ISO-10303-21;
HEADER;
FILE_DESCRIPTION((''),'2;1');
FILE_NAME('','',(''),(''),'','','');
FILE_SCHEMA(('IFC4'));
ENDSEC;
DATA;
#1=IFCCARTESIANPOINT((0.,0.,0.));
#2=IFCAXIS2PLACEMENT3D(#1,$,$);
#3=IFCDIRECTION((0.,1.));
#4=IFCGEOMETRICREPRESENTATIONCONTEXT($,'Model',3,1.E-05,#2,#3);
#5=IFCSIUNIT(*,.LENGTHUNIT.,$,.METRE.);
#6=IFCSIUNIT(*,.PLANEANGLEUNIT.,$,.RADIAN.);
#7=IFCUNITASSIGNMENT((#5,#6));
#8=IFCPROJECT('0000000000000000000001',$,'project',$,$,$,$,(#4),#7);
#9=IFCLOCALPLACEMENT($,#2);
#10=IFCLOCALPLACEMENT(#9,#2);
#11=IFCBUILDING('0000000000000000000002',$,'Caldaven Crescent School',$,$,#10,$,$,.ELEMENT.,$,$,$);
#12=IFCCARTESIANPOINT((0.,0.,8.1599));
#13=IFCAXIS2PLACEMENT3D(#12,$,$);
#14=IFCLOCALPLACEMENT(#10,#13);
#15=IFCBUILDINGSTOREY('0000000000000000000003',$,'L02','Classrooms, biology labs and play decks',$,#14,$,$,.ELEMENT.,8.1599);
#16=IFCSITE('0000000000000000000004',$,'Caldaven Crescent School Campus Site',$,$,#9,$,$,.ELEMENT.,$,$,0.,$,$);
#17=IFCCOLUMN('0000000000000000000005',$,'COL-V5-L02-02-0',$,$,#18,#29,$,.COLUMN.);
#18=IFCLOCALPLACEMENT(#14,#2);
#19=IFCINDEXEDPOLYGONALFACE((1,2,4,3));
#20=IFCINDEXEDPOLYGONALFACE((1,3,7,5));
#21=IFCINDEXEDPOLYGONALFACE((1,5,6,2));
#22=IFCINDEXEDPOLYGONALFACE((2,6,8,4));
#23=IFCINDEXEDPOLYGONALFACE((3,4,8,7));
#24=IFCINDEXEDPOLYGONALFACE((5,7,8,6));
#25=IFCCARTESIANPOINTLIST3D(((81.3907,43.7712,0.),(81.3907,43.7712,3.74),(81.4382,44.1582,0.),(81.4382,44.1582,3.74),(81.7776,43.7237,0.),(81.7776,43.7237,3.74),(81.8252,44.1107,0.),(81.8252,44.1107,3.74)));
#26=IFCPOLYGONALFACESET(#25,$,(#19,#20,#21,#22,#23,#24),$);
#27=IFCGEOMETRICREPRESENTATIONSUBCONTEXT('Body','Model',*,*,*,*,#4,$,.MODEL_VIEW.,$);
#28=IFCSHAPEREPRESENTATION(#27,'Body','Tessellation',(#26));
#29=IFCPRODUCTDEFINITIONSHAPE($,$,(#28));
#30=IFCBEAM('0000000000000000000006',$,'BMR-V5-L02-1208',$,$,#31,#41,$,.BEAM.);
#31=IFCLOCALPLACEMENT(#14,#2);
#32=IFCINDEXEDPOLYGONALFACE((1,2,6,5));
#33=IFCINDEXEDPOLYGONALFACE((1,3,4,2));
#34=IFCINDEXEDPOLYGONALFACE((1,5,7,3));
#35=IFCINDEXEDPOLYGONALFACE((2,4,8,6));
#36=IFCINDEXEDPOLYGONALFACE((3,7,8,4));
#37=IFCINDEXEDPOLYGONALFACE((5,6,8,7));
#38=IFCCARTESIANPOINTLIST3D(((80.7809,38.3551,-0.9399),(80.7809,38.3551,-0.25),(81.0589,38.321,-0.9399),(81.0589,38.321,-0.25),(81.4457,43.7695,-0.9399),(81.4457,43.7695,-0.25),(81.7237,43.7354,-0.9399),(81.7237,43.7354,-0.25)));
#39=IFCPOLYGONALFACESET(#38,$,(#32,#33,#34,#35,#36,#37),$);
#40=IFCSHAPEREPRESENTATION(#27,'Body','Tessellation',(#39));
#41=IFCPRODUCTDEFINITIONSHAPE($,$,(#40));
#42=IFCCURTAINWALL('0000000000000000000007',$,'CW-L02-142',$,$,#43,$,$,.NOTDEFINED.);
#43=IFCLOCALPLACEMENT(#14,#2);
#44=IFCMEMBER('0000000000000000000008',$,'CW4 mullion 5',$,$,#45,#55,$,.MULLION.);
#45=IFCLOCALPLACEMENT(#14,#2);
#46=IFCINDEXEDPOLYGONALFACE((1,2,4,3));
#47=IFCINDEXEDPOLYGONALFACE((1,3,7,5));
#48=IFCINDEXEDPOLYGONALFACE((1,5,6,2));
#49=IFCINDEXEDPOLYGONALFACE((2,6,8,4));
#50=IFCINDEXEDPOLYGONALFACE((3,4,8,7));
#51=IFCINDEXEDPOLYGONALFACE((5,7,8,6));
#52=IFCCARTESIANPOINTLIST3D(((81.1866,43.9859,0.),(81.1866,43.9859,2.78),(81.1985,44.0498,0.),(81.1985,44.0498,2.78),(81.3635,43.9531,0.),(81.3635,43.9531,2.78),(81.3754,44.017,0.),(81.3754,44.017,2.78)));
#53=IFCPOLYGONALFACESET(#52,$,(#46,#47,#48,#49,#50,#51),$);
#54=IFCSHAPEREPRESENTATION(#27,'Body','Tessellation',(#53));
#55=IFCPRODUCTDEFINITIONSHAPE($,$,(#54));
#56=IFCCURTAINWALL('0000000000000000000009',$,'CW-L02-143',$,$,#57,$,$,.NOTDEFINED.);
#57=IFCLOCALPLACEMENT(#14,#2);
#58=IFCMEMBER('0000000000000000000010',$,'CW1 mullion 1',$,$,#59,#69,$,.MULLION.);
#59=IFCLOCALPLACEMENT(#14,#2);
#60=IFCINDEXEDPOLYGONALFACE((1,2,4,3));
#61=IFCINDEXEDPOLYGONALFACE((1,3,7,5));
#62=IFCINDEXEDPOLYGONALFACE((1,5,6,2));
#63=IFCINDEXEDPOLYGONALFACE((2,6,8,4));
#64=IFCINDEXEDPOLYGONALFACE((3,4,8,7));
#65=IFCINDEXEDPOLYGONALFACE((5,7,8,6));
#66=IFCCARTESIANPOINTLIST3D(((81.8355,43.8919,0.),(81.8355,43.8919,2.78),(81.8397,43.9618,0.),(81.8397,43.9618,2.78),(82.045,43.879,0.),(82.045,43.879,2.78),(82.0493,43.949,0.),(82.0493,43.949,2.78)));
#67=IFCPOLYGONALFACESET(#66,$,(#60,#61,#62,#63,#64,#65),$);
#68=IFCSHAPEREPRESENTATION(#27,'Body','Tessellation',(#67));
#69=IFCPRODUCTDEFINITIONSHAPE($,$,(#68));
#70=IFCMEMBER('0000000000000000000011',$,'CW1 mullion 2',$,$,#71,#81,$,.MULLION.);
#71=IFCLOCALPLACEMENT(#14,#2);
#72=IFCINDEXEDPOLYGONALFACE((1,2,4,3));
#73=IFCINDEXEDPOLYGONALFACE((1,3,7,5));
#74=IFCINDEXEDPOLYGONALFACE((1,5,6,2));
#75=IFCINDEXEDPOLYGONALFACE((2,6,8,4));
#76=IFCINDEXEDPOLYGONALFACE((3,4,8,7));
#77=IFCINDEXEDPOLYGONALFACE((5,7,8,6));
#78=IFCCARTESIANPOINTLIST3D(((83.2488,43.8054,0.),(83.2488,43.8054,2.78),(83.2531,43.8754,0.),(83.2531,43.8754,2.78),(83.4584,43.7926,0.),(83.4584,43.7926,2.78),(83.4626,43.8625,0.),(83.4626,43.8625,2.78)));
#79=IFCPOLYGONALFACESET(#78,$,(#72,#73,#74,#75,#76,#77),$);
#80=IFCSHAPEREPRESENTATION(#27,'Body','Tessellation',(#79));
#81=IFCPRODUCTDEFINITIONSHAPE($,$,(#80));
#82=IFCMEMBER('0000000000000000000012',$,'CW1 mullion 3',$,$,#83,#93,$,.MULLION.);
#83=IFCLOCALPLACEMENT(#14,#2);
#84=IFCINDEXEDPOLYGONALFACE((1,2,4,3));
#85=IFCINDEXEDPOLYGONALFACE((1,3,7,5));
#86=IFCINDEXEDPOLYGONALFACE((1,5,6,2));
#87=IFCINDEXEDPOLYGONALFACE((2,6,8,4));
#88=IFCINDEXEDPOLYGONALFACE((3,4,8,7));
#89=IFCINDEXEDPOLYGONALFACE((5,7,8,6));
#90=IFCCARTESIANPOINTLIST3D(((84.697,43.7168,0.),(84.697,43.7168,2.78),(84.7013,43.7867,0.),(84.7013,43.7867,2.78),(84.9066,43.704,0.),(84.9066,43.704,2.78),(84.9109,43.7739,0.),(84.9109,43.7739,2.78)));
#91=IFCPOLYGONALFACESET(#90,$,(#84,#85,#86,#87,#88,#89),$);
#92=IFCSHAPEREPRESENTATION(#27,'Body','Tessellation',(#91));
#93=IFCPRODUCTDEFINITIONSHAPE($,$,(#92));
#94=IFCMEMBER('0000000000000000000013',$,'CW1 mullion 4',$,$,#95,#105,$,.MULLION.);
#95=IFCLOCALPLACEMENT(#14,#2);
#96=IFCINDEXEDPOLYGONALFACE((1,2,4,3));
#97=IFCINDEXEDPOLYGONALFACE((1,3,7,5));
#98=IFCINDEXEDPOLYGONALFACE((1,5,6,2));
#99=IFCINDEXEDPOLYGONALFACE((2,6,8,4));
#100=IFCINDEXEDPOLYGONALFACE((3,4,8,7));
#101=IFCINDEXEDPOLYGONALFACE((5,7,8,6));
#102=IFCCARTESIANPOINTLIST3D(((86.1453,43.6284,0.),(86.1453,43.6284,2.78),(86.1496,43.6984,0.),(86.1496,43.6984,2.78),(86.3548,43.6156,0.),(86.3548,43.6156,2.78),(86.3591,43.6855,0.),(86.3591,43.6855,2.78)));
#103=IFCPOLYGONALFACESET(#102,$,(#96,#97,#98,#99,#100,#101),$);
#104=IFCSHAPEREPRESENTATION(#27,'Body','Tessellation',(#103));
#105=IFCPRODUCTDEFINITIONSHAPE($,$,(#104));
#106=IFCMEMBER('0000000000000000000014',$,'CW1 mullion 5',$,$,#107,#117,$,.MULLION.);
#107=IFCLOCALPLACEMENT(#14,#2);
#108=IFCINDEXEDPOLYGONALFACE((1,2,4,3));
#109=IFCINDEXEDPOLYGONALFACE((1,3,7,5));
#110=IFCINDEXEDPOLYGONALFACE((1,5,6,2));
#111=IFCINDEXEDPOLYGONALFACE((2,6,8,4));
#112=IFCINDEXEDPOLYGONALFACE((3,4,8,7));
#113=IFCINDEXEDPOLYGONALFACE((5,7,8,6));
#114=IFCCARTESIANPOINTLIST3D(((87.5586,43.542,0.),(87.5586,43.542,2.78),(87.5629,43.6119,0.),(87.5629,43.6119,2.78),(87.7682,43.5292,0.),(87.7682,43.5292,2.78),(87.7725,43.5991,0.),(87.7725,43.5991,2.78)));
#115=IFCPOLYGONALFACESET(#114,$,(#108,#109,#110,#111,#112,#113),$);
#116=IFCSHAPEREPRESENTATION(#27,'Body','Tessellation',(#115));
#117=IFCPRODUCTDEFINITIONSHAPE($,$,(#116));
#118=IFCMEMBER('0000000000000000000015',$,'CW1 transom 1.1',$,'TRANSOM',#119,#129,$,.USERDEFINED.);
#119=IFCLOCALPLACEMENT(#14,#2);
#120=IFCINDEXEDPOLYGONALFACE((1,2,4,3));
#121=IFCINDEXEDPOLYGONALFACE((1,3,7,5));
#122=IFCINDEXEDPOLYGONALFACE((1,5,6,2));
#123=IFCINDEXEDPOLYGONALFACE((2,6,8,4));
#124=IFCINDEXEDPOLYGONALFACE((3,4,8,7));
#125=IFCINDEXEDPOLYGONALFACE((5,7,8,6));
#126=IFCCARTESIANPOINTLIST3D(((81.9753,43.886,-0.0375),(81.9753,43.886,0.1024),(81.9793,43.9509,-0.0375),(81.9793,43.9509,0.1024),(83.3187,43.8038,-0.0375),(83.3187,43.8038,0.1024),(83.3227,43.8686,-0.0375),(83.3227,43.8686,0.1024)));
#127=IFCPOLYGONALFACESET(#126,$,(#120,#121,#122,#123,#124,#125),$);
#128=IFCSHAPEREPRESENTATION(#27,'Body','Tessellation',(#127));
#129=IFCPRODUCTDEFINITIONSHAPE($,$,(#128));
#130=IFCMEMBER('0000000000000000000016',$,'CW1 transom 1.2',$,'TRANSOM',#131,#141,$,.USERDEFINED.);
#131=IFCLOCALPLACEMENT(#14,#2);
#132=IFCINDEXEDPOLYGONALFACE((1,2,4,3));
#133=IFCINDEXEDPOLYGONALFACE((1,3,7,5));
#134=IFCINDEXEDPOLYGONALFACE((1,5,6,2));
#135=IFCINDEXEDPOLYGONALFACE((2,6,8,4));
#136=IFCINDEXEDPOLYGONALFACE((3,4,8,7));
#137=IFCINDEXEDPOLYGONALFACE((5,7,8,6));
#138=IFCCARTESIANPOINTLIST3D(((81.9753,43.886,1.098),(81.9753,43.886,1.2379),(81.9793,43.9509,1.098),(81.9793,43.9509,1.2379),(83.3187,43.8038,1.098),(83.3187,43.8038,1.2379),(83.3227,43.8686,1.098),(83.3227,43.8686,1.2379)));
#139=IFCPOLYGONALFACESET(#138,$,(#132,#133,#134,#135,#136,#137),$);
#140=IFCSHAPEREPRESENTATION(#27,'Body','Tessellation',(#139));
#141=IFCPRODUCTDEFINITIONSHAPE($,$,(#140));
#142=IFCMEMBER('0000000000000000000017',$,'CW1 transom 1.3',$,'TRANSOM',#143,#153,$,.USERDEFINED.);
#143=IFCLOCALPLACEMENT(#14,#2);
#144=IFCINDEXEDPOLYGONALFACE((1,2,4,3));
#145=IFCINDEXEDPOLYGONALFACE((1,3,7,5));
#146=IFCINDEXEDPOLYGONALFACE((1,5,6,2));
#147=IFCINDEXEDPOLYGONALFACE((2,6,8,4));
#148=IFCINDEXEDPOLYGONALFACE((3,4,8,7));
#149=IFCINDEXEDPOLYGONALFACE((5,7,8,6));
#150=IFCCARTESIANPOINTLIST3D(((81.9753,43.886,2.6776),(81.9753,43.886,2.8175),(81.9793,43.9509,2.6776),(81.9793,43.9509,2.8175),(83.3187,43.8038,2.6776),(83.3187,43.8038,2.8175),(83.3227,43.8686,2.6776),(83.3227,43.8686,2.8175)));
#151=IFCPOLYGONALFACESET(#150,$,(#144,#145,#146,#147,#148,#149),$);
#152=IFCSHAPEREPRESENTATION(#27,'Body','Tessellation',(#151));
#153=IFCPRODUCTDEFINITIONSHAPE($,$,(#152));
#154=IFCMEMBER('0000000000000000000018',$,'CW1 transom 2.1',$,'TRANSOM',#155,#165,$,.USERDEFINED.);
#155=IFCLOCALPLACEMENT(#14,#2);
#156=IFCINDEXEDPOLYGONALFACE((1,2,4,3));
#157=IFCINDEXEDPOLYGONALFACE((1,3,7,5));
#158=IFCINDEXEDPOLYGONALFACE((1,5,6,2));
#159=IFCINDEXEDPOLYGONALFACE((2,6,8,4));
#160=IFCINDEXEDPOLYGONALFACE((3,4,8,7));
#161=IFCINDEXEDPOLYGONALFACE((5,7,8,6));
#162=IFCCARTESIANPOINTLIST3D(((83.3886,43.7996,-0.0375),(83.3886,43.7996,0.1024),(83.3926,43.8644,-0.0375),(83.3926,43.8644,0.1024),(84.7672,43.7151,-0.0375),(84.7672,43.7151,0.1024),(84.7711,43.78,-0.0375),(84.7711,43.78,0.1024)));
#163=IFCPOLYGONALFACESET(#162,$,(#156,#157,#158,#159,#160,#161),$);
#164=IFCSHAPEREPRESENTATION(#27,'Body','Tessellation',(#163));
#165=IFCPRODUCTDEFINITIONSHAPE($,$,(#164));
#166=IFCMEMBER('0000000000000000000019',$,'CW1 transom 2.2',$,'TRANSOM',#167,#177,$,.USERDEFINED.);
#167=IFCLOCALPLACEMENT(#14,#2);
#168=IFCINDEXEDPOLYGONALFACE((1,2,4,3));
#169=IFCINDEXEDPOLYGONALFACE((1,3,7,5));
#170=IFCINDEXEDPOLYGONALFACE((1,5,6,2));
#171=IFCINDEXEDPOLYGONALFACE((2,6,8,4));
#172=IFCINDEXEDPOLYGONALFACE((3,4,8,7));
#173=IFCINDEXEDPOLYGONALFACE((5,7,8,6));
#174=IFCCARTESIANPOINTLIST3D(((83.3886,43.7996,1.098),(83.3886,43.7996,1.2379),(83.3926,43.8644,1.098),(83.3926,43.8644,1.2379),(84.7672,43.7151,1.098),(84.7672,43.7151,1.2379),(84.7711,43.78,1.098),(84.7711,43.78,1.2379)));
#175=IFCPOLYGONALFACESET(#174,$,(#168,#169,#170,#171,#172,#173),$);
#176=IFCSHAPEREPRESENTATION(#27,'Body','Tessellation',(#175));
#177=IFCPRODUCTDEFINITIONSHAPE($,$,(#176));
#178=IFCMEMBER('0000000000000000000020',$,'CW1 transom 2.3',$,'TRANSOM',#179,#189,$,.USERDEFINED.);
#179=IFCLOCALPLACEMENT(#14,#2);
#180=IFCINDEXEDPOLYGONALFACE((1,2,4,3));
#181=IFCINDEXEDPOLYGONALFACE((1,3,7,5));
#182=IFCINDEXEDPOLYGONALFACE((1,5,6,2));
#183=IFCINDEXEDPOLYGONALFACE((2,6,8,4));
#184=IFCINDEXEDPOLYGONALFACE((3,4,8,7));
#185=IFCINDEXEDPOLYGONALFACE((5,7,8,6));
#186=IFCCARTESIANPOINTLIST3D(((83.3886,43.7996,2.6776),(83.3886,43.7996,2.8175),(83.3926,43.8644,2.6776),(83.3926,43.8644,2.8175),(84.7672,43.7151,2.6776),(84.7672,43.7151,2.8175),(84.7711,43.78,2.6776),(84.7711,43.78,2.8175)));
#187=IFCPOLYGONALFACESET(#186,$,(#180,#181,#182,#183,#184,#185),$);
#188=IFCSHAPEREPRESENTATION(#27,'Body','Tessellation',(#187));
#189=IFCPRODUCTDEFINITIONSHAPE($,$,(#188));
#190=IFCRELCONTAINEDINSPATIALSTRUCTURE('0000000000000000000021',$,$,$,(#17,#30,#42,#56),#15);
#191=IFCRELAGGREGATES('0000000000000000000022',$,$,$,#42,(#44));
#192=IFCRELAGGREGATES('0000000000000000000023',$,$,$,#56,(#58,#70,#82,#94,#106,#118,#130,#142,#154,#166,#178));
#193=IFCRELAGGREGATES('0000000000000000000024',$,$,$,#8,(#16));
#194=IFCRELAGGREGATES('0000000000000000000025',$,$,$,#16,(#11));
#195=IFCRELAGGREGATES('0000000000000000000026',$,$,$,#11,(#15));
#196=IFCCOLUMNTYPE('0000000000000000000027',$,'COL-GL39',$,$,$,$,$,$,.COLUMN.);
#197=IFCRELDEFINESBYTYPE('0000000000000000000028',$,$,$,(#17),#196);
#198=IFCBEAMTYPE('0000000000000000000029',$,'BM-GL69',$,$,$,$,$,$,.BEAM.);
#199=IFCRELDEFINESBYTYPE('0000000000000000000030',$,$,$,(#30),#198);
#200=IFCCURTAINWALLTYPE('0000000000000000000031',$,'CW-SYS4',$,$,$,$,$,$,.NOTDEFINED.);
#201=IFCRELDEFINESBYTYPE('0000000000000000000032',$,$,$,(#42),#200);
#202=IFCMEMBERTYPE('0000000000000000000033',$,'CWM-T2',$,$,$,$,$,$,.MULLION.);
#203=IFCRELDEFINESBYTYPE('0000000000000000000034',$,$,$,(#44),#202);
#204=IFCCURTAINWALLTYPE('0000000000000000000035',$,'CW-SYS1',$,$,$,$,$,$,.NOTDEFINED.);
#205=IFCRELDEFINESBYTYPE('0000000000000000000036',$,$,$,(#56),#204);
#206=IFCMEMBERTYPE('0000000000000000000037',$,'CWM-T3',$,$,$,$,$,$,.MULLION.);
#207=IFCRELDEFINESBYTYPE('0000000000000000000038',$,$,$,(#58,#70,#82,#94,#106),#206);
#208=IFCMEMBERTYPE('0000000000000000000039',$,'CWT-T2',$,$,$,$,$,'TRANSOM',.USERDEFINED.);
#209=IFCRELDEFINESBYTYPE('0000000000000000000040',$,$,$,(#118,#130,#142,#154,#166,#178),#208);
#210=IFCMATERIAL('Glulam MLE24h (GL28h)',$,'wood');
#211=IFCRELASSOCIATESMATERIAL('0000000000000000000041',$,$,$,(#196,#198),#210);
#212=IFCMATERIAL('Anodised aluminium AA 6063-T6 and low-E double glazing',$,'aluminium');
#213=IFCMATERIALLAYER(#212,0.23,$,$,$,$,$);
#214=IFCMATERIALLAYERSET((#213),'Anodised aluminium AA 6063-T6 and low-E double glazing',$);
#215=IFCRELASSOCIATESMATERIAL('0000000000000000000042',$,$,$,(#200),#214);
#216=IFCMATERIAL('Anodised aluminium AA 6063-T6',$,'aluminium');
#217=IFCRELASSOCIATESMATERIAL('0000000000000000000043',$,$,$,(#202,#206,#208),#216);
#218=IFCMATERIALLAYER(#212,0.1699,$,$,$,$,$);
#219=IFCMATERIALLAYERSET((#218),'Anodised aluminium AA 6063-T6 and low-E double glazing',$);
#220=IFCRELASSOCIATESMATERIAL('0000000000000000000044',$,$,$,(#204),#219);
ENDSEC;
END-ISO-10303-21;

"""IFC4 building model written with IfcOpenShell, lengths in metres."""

from ifc_helpers import new_model, si_unit, direction, frame, origin, origin_2d, place, context, subcontext, project, spatial, rectangle, extrude, material, layer, layer_set, material_profile, profile_set, type_object, element, aggregate, save


model = new_model("IFC4")

# Units and contexts
model_context = context("Model", 3, precision=1e-05, world=origin(), true_north=direction((0.0, 1.0)))
body_context = subcontext(model_context, "Body", "Model", "MODEL_VIEW")
ifc_project = project(units=[si_unit("LENGTHUNIT", "METRE"), si_unit("PLANEANGLEUNIT", "RADIAN")], contexts=[model_context])

# Site, building, storey
site_placement = place(None, origin())
site = spatial("IfcSite", under=ifc_project, at=site_placement, Name="Caldaven Crescent School Campus Site", CompositionType="ELEMENT", RefElevation=0.0)
building_placement = place(site_placement, origin())
building = spatial("IfcBuilding", under=site, at=building_placement, Name="Caldaven Crescent School", CompositionType="ELEMENT")
storey_placement = place(building_placement, frame((0.0, 0.0, 8.1599)))
storey = spatial("IfcBuildingStorey", under=building, at=storey_placement, Name="L02", Description="Classrooms, biology labs and play decks", CompositionType="ELEMENT", Elevation=8.1599)

# Column
ifc_material_1 = material(Name="Glulam MLE24h (GL28h)", Category="wood")
ifc_material_profile_1 = material_profile(ifc_material_1, rectangle(XDim=0.3899, YDim=0.3899, at=origin_2d()), Name="MLE 390x390")
ifc_profile_set_1 = profile_set([ifc_material_profile_1], Name="Glulam MLE24h (GL28h)")
column_type = type_object("IfcColumnType", Name="COL-GL39", PredefinedType="COLUMN", material=ifc_profile_set_1)
column_placement = place(storey_placement, frame((81.6079, 43.9409, 0.0), z_axis=(0.0, 0.0, 1.0), x_axis=(-0.121869, -0.992546, 0.0)))
element("IfcColumn", 1, at=column_placement, inside=storey, type_object=column_type, Name="COL-V5-L02-02-0", PredefinedType="COLUMN", context=body_context, shape_type="SweptSolid", body=[
    extrude(rectangle(XDim=0.3899, YDim=0.3899, at=origin_2d()), origin(), (0.0, 0.0, 1.0), 3.74),
])

# Beam
ifc_material_profile_2 = material_profile(ifc_material_1, rectangle(XDim=0.28, YDim=0.6899, at=origin_2d()), Name="MLE 280x690")
ifc_profile_set_2 = profile_set([ifc_material_profile_2], Name="Glulam MLE24h (GL28h)")
beam_type_1 = type_object("IfcBeamType", Name="BM-GL69", PredefinedType="BEAM", material=ifc_profile_set_2)
beam_1_placement = place(storey_placement, frame((81.5847, 43.7524, -0.595), z_axis=(-0.12187, -0.992546, 0.0), x_axis=(0.992546, -0.12187, 0.0)))
element("IfcBeam", 2, at=beam_1_placement, inside=storey, type_object=beam_type_1, Name="BMR-V5-L02-1208", PredefinedType="BEAM", context=body_context, shape_type="SweptSolid", body=[
    extrude(rectangle(XDim=0.28, YDim=0.6899, at=origin_2d()), origin(), (0.0, 0.0, 1.0), 5.4551),
])

# Curtain wall, member
ifc_material_2 = material(Name="Anodised aluminium AA 6063-T6 and low-E double glazing", Category="aluminium")
ifc_layer_1 = layer(ifc_material_2, 0.23)
ifc_layer_set_1 = layer_set([ifc_layer_1], Name="Anodised aluminium AA 6063-T6 and low-E double glazing")
curtain_wall_type_1 = type_object("IfcCurtainWallType", Name="CW-SYS4", PredefinedType="NOTDEFINED", material=ifc_layer_set_1)
curtain_wall_1_placement = place(storey_placement, origin())
curtain_wall_1 = element("IfcCurtainWall", 3, at=curtain_wall_1_placement, inside=storey, type_object=curtain_wall_type_1, Name="CW-L02-142", PredefinedType="NOTDEFINED")
ifc_material_3 = material(Name="Anodised aluminium AA 6063-T6", Category="aluminium")
ifc_material_profile_3 = material_profile(ifc_material_3, rectangle(XDim=0.0649, YDim=0.1799, at=origin_2d()), Name="CWM 65x180")
ifc_profile_set_3 = profile_set([ifc_material_profile_3], Name="Anodised aluminium AA 6063-T6")
member_type_1 = type_object("IfcMemberType", Name="CWM-T2", PredefinedType="MULLION", material=ifc_profile_set_3)
member_1_placement = place(storey_placement, frame((81.281, 44.0015, 0.0), z_axis=(0.0, 0.0, 1.0), x_axis=(0.182236, 0.983255, 0.0)))
member_1 = element("IfcMember", 4, at=member_1_placement, type_object=member_type_1, Name="CW4 mullion 5", PredefinedType="MULLION", context=body_context, shape_type="SweptSolid", body=[
    extrude(rectangle(XDim=0.0649, YDim=0.1799, at=origin_2d()), origin(), (0.0, 0.0, 1.0), 2.78),
])
aggregate(curtain_wall_1, [member_1])

# Curtain wall, members
ifc_layer_2 = layer(ifc_material_2, 0.1699)
ifc_layer_set_2 = layer_set([ifc_layer_2], Name="Anodised aluminium AA 6063-T6 and low-E double glazing")
curtain_wall_type_2 = type_object("IfcCurtainWallType", Name="CW-SYS1", PredefinedType="NOTDEFINED", material=ifc_layer_set_2)
curtain_wall_2_placement = place(storey_placement, origin())
curtain_wall_2 = element("IfcCurtainWall", 5, at=curtain_wall_2_placement, inside=storey, type_object=curtain_wall_type_2, Name="CW-L02-143", PredefinedType="NOTDEFINED")
ifc_material_profile_4 = material_profile(ifc_material_3, rectangle(XDim=0.0701, YDim=0.21, at=origin_2d()), Name="CWM 70x210")
ifc_profile_set_4 = profile_set([ifc_material_profile_4], Name="Anodised aluminium AA 6063-T6")
member_type_2 = type_object("IfcMemberType", Name="CWM-T3", PredefinedType="MULLION", material=ifc_profile_set_4)
member_2_placement = place(storey_placement, frame((81.9424, 43.9204, 0.0), z_axis=(0.0, 0.0, 1.0), x_axis=(0.061049, 0.998135, 0.0)))
member_2 = element("IfcMember", 6, at=member_2_placement, type_object=member_type_2, Name="CW1 mullion 1", PredefinedType="MULLION", context=body_context, shape_type="SweptSolid", body=[
    extrude(rectangle(XDim=0.0701, YDim=0.21, at=origin_2d()), origin(), (0.0, 0.0, 1.0), 2.78),
])
member_3_placement = place(storey_placement, frame((83.3557, 43.834, 0.0), z_axis=(0.0, 0.0, 1.0), x_axis=(0.061049, 0.998135, 0.0)))
member_3 = element("IfcMember", 7, at=member_3_placement, type_object=member_type_2, Name="CW1 mullion 2", PredefinedType="MULLION", context=body_context, shape_type="SweptSolid", body=[
    extrude(rectangle(XDim=0.0701, YDim=0.21, at=origin_2d()), origin(), (0.0, 0.0, 1.0), 2.78),
])
member_4_placement = place(storey_placement, frame((84.804, 43.7454, 0.0), z_axis=(0.0, 0.0, 1.0), x_axis=(0.061049, 0.998135, 0.0)))
member_4 = element("IfcMember", 8, at=member_4_placement, type_object=member_type_2, Name="CW1 mullion 3", PredefinedType="MULLION", context=body_context, shape_type="SweptSolid", body=[
    extrude(rectangle(XDim=0.0701, YDim=0.21, at=origin_2d()), origin(), (0.0, 0.0, 1.0), 2.78),
])
member_5_placement = place(storey_placement, frame((86.2522, 43.657, 0.0), z_axis=(0.0, 0.0, 1.0), x_axis=(0.061049, 0.998135, 0.0)))
member_5 = element("IfcMember", 9, at=member_5_placement, type_object=member_type_2, Name="CW1 mullion 4", PredefinedType="MULLION", context=body_context, shape_type="SweptSolid", body=[
    extrude(rectangle(XDim=0.0701, YDim=0.21, at=origin_2d()), origin(), (0.0, 0.0, 1.0), 2.78),
])
member_6_placement = place(storey_placement, frame((87.6655, 43.5706, 0.0), z_axis=(0.0, 0.0, 1.0), x_axis=(0.061049, 0.998135, 0.0)))
member_6 = element("IfcMember", 10, at=member_6_placement, type_object=member_type_2, Name="CW1 mullion 5", PredefinedType="MULLION", context=body_context, shape_type="SweptSolid", body=[
    extrude(rectangle(XDim=0.0701, YDim=0.21, at=origin_2d()), origin(), (0.0, 0.0, 1.0), 2.78),
])
ifc_material_profile_5 = material_profile(ifc_material_3, rectangle(XDim=0.0649, YDim=0.1399, at=origin_2d()), Name="CWT 65x140")
ifc_profile_set_5 = profile_set([ifc_material_profile_5], Name="Anodised aluminium AA 6063-T6")
member_type_3 = type_object("IfcMemberType", Name="CWT-T2", ElementType="TRANSOM", PredefinedType="USERDEFINED", material=ifc_profile_set_5)
member_7_placement = place(storey_placement, frame((81.9773, 43.9185, 0.0325), z_axis=(0.99813, -0.061125, 0.0), x_axis=(0.061125, 0.99813, 0.0)))
member_7 = element("IfcMember", 11, at=member_7_placement, type_object=member_type_3, Name="CW1 transom 1.1", ObjectType="TRANSOM", PredefinedType="USERDEFINED", context=body_context, shape_type="SweptSolid", body=[
    extrude(rectangle(XDim=0.0649, YDim=0.1399, at=origin_2d()), origin(), (0.0, 0.0, 1.0), 1.3459),
])
member_8_placement = place(storey_placement, frame((81.9773, 43.9185, 1.168), z_axis=(0.99813, -0.061125, 0.0), x_axis=(0.061125, 0.99813, 0.0)))
member_8 = element("IfcMember", 12, at=member_8_placement, type_object=member_type_3, Name="CW1 transom 1.2", ObjectType="TRANSOM", PredefinedType="USERDEFINED", context=body_context, shape_type="SweptSolid", body=[
    extrude(rectangle(XDim=0.0649, YDim=0.1399, at=origin_2d()), origin(), (0.0, 0.0, 1.0), 1.3459),
])
member_9_placement = place(storey_placement, frame((81.9773, 43.9185, 2.7476), z_axis=(0.99813, -0.061125, 0.0), x_axis=(0.061125, 0.99813, 0.0)))
member_9 = element("IfcMember", 13, at=member_9_placement, type_object=member_type_3, Name="CW1 transom 1.3", ObjectType="TRANSOM", PredefinedType="USERDEFINED", context=body_context, shape_type="SweptSolid", body=[
    extrude(rectangle(XDim=0.0649, YDim=0.1399, at=origin_2d()), origin(), (0.0, 0.0, 1.0), 1.3459),
])
member_10_placement = place(storey_placement, frame((83.3906, 43.832, 0.0325), z_axis=(0.998128, -0.061168, 0.0), x_axis=(0.061168, 0.998128, 0.0)))
member_10 = element("IfcMember", 14, at=member_10_placement, type_object=member_type_3, Name="CW1 transom 2.1", ObjectType="TRANSOM", PredefinedType="USERDEFINED", context=body_context, shape_type="SweptSolid", body=[
    extrude(rectangle(XDim=0.0649, YDim=0.1399, at=origin_2d()), origin(), (0.0, 0.0, 1.0), 1.3811),
])
member_11_placement = place(storey_placement, frame((83.3906, 43.832, 1.168), z_axis=(0.998128, -0.061168, 0.0), x_axis=(0.061168, 0.998128, 0.0)))
member_11 = element("IfcMember", 15, at=member_11_placement, type_object=member_type_3, Name="CW1 transom 2.2", ObjectType="TRANSOM", PredefinedType="USERDEFINED", context=body_context, shape_type="SweptSolid", body=[
    extrude(rectangle(XDim=0.0649, YDim=0.1399, at=origin_2d()), origin(), (0.0, 0.0, 1.0), 1.3811),
])
member_12_placement = place(storey_placement, frame((83.3906, 43.832, 2.7476), z_axis=(0.998128, -0.061168, 0.0), x_axis=(0.061168, 0.998128, 0.0)))
member_12 = element("IfcMember", 16, at=member_12_placement, type_object=member_type_3, Name="CW1 transom 2.3", ObjectType="TRANSOM", PredefinedType="USERDEFINED", context=body_context, shape_type="SweptSolid", body=[
    extrude(rectangle(XDim=0.0649, YDim=0.1399, at=origin_2d()), origin(), (0.0, 0.0, 1.0), 1.3811),
])

aggregate(curtain_wall_2, [member_2, member_3, member_4, member_5, member_6, member_7, member_8, member_9, member_10, member_11, member_12])

save(model, "model.ifc")
